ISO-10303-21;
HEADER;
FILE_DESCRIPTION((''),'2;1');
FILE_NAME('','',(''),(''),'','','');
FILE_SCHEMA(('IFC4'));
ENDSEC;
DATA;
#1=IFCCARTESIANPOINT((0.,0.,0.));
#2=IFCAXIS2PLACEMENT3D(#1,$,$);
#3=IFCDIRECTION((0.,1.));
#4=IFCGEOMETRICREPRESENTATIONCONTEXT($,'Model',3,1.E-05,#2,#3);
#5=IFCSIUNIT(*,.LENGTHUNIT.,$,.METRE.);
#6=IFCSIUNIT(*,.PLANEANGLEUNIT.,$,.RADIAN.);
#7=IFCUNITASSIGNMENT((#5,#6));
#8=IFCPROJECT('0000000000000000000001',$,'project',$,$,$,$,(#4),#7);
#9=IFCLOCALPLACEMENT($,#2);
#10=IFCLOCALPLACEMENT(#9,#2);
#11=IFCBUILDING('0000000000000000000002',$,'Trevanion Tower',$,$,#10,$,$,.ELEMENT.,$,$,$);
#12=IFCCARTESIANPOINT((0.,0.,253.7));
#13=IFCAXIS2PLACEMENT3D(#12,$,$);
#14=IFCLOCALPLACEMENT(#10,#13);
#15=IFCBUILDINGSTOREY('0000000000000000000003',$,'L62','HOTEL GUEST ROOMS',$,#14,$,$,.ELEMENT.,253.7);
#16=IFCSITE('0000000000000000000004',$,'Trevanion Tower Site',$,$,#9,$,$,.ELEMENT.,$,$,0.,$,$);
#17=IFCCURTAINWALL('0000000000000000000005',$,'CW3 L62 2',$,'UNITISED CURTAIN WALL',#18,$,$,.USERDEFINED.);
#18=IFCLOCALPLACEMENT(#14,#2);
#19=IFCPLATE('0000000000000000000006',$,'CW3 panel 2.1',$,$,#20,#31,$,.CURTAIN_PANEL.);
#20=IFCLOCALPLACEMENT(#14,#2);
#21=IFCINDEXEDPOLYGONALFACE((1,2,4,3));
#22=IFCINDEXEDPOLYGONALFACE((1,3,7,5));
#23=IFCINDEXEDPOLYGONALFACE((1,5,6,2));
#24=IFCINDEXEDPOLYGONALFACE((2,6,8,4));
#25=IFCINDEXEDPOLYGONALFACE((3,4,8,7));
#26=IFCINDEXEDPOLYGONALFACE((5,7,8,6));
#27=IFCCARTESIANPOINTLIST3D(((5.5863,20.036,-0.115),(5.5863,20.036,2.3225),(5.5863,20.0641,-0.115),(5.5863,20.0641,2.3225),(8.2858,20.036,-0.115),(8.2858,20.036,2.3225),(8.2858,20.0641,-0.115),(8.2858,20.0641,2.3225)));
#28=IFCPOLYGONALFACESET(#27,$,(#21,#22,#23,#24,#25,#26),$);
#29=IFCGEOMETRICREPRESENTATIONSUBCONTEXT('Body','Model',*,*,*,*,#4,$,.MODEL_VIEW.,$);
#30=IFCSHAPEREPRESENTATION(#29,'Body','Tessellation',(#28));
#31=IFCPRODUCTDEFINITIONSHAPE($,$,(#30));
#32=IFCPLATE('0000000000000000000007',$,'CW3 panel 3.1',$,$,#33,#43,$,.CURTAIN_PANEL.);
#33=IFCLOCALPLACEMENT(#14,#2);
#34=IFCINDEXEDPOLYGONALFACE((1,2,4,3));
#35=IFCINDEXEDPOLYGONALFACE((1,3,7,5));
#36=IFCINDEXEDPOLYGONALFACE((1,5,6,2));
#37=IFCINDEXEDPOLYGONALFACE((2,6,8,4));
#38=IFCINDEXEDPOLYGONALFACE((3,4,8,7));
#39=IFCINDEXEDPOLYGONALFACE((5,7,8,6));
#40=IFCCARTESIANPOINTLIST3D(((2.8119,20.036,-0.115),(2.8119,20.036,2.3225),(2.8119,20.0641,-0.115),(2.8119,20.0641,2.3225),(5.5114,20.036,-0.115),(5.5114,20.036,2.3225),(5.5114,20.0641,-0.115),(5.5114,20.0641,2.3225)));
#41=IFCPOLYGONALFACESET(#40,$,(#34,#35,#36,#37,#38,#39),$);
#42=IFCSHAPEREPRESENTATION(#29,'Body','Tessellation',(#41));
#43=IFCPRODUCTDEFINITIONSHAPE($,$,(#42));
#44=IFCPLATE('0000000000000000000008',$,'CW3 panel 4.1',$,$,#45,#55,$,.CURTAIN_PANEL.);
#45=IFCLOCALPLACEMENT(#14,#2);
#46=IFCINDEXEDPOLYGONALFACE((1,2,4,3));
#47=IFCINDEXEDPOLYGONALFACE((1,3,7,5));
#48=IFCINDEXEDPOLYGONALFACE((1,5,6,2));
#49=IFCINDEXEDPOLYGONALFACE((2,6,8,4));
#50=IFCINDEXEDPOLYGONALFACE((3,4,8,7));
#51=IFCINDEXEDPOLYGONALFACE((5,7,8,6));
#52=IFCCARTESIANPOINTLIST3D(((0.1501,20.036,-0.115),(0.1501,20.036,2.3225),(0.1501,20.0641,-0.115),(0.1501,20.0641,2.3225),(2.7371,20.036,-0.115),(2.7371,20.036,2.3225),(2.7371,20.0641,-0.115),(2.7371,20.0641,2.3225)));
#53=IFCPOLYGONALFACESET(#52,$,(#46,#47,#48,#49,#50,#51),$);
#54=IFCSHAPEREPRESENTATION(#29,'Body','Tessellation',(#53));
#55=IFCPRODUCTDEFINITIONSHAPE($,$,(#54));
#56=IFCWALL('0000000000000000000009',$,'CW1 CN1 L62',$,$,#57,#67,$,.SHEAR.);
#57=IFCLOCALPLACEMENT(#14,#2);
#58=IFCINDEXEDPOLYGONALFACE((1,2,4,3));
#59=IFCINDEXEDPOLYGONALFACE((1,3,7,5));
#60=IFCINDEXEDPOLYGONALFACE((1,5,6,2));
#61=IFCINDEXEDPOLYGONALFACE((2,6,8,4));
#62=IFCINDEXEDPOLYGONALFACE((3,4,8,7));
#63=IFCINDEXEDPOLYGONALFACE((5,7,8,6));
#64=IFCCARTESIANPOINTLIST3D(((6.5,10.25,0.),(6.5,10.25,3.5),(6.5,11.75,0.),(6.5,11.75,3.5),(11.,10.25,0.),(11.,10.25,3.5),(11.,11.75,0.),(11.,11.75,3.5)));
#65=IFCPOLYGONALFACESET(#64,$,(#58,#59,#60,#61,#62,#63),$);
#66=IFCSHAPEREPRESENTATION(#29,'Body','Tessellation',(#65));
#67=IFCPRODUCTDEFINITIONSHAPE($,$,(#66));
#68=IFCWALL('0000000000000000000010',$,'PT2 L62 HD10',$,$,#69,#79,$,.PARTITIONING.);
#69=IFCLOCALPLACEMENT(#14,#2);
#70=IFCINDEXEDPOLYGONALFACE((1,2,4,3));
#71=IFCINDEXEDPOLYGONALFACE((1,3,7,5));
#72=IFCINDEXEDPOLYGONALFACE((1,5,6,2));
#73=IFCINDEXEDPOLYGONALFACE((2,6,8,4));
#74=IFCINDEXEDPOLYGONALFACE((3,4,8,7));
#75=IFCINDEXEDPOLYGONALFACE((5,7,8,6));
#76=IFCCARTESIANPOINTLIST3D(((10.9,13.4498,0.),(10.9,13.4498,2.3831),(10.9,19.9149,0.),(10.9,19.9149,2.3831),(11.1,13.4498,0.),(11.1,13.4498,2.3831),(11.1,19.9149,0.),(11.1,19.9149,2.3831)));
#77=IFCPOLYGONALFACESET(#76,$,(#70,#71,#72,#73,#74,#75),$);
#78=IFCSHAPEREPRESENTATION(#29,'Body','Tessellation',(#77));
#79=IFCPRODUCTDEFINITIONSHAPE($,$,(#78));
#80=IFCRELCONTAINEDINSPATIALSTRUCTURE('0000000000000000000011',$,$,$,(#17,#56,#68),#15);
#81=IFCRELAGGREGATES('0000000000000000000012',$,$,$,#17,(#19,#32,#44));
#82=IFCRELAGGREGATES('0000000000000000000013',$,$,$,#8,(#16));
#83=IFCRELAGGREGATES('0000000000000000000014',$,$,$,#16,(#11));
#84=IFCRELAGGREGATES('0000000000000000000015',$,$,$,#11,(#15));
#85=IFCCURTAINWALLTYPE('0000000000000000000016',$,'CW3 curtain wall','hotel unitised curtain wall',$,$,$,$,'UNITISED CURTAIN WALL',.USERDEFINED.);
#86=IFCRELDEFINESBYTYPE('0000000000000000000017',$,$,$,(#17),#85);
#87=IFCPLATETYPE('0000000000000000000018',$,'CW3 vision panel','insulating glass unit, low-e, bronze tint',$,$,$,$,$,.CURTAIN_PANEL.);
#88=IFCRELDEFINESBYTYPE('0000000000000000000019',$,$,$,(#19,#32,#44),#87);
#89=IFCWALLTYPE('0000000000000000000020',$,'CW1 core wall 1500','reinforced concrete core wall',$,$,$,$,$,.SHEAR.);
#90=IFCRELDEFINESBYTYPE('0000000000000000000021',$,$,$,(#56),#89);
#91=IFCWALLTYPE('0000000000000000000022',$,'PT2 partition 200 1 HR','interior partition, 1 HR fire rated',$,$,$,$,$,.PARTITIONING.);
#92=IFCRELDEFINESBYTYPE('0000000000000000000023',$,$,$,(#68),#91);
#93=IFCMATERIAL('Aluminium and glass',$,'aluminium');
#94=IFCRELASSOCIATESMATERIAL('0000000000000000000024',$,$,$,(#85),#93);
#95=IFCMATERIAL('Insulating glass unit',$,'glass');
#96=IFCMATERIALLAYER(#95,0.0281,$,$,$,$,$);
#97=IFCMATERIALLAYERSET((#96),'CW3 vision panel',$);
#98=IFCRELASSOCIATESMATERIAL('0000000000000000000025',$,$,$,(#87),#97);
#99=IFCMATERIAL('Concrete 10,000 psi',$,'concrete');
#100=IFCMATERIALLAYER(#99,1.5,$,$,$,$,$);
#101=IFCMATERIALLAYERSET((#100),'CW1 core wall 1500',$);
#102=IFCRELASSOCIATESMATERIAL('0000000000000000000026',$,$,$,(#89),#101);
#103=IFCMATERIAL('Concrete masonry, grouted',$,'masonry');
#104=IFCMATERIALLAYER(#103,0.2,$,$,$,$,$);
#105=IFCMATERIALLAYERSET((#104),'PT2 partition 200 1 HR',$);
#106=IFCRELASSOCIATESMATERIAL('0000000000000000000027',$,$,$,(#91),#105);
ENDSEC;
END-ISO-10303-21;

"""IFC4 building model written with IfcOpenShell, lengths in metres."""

from ifc_helpers import new_model, si_unit, direction, frame, frame_2d, origin, origin_2d, place, context, subcontext, project, spatial, rectangle, extrude, material, layer, layer_set, type_object, element, aggregate, save


model = new_model("IFC4")

# Units and contexts
model_context = context("Model", 3, precision=1e-05, world=origin(), true_north=direction((0.0, 1.0)))
body_context = subcontext(model_context, "Body", "Model", "MODEL_VIEW")
ifc_project = project(units=[si_unit("LENGTHUNIT", "METRE"), si_unit("PLANEANGLEUNIT", "RADIAN")], contexts=[model_context])

# Site, building, storey
site_placement = place(None, origin())
site = spatial("IfcSite", under=ifc_project, at=site_placement, Name="Trevanion Tower Site", CompositionType="ELEMENT", RefElevation=0.0)
building_placement = place(site_placement, origin())
building = spatial("IfcBuilding", under=site, at=building_placement, Name="Trevanion Tower", CompositionType="ELEMENT")
storey_placement = place(building_placement, frame((0.0, 0.0, 253.7)))
storey = spatial("IfcBuildingStorey", under=building, at=storey_placement, Name="L62", Description="HOTEL GUEST ROOMS", CompositionType="ELEMENT", Elevation=253.7)

# Curtain wall
ifc_material_1 = material(Name="Aluminium and glass", Category="aluminium")
curtain_wall_type = type_object("IfcCurtainWallType", Name="CW3 curtain wall", Description="hotel unitised curtain wall", ElementType="UNITISED CURTAIN WALL", PredefinedType="USERDEFINED", material=ifc_material_1)
curtain_wall_1_placement = place(storey_placement, origin())
curtain_wall_1 = element("IfcCurtainWall", 1, at=curtain_wall_1_placement, inside=storey, type_object=curtain_wall_type, Name="CW3 L62 2", ObjectType="UNITISED CURTAIN WALL", PredefinedType="USERDEFINED")

# Plates
ifc_material_2 = material(Name="Insulating glass unit", Category="glass")
ifc_layer_1 = layer(ifc_material_2, 0.0281)
ifc_layer_set_1 = layer_set([ifc_layer_1], Name="CW3 vision panel")
plate_type_1 = type_object("IfcPlateType", Name="CW3 vision panel", Description="insulating glass unit, low-e, bronze tint", PredefinedType="CURTAIN_PANEL", material=ifc_layer_set_1)
plate_1_placement = place(storey_placement, frame((6.936, 20.05, -0.115), z_axis=(0.0, 0.0, 1.0), x_axis=(-1.0, 0.0, 0.0)))
plate_1 = element("IfcPlate", 2, at=plate_1_placement, type_object=plate_type_1, Name="CW3 panel 2.1", PredefinedType="CURTAIN_PANEL", context=body_context, shape_type="SweptSolid", body=[
    extrude(rectangle(XDim=2.6995, YDim=0.0281, at=origin_2d()), origin(), (0.0, 0.0, 1.0), 2.4375),
])
plate_2_placement = place(storey_placement, frame((4.1616, 20.05, -0.115), z_axis=(0.0, 0.0, 1.0), x_axis=(-1.0, 0.0, 0.0)))
plate_2 = element("IfcPlate", 3, at=plate_2_placement, type_object=plate_type_1, Name="CW3 panel 3.1", PredefinedType="CURTAIN_PANEL", context=body_context, shape_type="SweptSolid", body=[
    extrude(rectangle(XDim=2.6995, YDim=0.0281, at=origin_2d()), origin(), (0.0, 0.0, 1.0), 2.4375),
])
plate_3_placement = place(storey_placement, frame((1.4436, 20.05, -0.115), z_axis=(0.0, 0.0, 1.0), x_axis=(-1.0, 0.0, 0.0)))
plate_3 = element("IfcPlate", 4, at=plate_3_placement, type_object=plate_type_1, Name="CW3 panel 4.1", PredefinedType="CURTAIN_PANEL", context=body_context, shape_type="SweptSolid", body=[
    extrude(rectangle(XDim=2.5869, YDim=0.0281, at=origin_2d()), origin(), (0.0, 0.0, 1.0), 2.4375),
])
aggregate(curtain_wall_1, [plate_1, plate_2, plate_3])

# Walls
ifc_material_3 = material(Name="Concrete 10,000 psi", Category="concrete")
ifc_layer_2 = layer(ifc_material_3, 1.5)
ifc_layer_set_2 = layer_set([ifc_layer_2], Name="CW1 core wall 1500")
wall_type_1 = type_object("IfcWallType", Name="CW1 core wall 1500", Description="reinforced concrete core wall", PredefinedType="SHEAR", material=ifc_layer_set_2)
wall_1_placement = place(storey_placement, frame((11.0, 11.0, 0.0), z_axis=(0.0, 0.0, 1.0), x_axis=(-1.0, 0.0, 0.0)))
element("IfcWall", 5, at=wall_1_placement, inside=storey, type_object=wall_type_1, Name="CW1 CN1 L62", PredefinedType="SHEAR", context=body_context, shape_type="SweptSolid", body=[
    extrude(rectangle(XDim=4.5, YDim=1.5, at=frame_2d((2.25, 0.0))), origin(), (0.0, 0.0, 1.0), 3.5),
])
ifc_material_4 = material(Name="Concrete masonry, grouted", Category="masonry")
ifc_layer_3 = layer(ifc_material_4, 0.2)
ifc_layer_set_3 = layer_set([ifc_layer_3], Name="PT2 partition 200 1 HR")
wall_type_2 = type_object("IfcWallType", Name="PT2 partition 200 1 HR", Description="interior partition, 1 HR fire rated", PredefinedType="PARTITIONING", material=ifc_layer_set_3)
wall_2_placement = place(storey_placement, frame((11.0, 13.45, 0.0), z_axis=(0.0, 0.0, 1.0), x_axis=(0.0, 1.0, 0.0)))
element("IfcWall", 6, at=wall_2_placement, inside=storey, type_object=wall_type_2, Name="PT2 L62 HD10", PredefinedType="PARTITIONING", context=body_context, shape_type="SweptSolid", body=[
    extrude(rectangle(XDim=6.4651, YDim=0.2, at=frame_2d((3.2324, 0.0))), origin(), (0.0, 0.0, 1.0), 2.3831),
])

save(model, "model.ifc")
